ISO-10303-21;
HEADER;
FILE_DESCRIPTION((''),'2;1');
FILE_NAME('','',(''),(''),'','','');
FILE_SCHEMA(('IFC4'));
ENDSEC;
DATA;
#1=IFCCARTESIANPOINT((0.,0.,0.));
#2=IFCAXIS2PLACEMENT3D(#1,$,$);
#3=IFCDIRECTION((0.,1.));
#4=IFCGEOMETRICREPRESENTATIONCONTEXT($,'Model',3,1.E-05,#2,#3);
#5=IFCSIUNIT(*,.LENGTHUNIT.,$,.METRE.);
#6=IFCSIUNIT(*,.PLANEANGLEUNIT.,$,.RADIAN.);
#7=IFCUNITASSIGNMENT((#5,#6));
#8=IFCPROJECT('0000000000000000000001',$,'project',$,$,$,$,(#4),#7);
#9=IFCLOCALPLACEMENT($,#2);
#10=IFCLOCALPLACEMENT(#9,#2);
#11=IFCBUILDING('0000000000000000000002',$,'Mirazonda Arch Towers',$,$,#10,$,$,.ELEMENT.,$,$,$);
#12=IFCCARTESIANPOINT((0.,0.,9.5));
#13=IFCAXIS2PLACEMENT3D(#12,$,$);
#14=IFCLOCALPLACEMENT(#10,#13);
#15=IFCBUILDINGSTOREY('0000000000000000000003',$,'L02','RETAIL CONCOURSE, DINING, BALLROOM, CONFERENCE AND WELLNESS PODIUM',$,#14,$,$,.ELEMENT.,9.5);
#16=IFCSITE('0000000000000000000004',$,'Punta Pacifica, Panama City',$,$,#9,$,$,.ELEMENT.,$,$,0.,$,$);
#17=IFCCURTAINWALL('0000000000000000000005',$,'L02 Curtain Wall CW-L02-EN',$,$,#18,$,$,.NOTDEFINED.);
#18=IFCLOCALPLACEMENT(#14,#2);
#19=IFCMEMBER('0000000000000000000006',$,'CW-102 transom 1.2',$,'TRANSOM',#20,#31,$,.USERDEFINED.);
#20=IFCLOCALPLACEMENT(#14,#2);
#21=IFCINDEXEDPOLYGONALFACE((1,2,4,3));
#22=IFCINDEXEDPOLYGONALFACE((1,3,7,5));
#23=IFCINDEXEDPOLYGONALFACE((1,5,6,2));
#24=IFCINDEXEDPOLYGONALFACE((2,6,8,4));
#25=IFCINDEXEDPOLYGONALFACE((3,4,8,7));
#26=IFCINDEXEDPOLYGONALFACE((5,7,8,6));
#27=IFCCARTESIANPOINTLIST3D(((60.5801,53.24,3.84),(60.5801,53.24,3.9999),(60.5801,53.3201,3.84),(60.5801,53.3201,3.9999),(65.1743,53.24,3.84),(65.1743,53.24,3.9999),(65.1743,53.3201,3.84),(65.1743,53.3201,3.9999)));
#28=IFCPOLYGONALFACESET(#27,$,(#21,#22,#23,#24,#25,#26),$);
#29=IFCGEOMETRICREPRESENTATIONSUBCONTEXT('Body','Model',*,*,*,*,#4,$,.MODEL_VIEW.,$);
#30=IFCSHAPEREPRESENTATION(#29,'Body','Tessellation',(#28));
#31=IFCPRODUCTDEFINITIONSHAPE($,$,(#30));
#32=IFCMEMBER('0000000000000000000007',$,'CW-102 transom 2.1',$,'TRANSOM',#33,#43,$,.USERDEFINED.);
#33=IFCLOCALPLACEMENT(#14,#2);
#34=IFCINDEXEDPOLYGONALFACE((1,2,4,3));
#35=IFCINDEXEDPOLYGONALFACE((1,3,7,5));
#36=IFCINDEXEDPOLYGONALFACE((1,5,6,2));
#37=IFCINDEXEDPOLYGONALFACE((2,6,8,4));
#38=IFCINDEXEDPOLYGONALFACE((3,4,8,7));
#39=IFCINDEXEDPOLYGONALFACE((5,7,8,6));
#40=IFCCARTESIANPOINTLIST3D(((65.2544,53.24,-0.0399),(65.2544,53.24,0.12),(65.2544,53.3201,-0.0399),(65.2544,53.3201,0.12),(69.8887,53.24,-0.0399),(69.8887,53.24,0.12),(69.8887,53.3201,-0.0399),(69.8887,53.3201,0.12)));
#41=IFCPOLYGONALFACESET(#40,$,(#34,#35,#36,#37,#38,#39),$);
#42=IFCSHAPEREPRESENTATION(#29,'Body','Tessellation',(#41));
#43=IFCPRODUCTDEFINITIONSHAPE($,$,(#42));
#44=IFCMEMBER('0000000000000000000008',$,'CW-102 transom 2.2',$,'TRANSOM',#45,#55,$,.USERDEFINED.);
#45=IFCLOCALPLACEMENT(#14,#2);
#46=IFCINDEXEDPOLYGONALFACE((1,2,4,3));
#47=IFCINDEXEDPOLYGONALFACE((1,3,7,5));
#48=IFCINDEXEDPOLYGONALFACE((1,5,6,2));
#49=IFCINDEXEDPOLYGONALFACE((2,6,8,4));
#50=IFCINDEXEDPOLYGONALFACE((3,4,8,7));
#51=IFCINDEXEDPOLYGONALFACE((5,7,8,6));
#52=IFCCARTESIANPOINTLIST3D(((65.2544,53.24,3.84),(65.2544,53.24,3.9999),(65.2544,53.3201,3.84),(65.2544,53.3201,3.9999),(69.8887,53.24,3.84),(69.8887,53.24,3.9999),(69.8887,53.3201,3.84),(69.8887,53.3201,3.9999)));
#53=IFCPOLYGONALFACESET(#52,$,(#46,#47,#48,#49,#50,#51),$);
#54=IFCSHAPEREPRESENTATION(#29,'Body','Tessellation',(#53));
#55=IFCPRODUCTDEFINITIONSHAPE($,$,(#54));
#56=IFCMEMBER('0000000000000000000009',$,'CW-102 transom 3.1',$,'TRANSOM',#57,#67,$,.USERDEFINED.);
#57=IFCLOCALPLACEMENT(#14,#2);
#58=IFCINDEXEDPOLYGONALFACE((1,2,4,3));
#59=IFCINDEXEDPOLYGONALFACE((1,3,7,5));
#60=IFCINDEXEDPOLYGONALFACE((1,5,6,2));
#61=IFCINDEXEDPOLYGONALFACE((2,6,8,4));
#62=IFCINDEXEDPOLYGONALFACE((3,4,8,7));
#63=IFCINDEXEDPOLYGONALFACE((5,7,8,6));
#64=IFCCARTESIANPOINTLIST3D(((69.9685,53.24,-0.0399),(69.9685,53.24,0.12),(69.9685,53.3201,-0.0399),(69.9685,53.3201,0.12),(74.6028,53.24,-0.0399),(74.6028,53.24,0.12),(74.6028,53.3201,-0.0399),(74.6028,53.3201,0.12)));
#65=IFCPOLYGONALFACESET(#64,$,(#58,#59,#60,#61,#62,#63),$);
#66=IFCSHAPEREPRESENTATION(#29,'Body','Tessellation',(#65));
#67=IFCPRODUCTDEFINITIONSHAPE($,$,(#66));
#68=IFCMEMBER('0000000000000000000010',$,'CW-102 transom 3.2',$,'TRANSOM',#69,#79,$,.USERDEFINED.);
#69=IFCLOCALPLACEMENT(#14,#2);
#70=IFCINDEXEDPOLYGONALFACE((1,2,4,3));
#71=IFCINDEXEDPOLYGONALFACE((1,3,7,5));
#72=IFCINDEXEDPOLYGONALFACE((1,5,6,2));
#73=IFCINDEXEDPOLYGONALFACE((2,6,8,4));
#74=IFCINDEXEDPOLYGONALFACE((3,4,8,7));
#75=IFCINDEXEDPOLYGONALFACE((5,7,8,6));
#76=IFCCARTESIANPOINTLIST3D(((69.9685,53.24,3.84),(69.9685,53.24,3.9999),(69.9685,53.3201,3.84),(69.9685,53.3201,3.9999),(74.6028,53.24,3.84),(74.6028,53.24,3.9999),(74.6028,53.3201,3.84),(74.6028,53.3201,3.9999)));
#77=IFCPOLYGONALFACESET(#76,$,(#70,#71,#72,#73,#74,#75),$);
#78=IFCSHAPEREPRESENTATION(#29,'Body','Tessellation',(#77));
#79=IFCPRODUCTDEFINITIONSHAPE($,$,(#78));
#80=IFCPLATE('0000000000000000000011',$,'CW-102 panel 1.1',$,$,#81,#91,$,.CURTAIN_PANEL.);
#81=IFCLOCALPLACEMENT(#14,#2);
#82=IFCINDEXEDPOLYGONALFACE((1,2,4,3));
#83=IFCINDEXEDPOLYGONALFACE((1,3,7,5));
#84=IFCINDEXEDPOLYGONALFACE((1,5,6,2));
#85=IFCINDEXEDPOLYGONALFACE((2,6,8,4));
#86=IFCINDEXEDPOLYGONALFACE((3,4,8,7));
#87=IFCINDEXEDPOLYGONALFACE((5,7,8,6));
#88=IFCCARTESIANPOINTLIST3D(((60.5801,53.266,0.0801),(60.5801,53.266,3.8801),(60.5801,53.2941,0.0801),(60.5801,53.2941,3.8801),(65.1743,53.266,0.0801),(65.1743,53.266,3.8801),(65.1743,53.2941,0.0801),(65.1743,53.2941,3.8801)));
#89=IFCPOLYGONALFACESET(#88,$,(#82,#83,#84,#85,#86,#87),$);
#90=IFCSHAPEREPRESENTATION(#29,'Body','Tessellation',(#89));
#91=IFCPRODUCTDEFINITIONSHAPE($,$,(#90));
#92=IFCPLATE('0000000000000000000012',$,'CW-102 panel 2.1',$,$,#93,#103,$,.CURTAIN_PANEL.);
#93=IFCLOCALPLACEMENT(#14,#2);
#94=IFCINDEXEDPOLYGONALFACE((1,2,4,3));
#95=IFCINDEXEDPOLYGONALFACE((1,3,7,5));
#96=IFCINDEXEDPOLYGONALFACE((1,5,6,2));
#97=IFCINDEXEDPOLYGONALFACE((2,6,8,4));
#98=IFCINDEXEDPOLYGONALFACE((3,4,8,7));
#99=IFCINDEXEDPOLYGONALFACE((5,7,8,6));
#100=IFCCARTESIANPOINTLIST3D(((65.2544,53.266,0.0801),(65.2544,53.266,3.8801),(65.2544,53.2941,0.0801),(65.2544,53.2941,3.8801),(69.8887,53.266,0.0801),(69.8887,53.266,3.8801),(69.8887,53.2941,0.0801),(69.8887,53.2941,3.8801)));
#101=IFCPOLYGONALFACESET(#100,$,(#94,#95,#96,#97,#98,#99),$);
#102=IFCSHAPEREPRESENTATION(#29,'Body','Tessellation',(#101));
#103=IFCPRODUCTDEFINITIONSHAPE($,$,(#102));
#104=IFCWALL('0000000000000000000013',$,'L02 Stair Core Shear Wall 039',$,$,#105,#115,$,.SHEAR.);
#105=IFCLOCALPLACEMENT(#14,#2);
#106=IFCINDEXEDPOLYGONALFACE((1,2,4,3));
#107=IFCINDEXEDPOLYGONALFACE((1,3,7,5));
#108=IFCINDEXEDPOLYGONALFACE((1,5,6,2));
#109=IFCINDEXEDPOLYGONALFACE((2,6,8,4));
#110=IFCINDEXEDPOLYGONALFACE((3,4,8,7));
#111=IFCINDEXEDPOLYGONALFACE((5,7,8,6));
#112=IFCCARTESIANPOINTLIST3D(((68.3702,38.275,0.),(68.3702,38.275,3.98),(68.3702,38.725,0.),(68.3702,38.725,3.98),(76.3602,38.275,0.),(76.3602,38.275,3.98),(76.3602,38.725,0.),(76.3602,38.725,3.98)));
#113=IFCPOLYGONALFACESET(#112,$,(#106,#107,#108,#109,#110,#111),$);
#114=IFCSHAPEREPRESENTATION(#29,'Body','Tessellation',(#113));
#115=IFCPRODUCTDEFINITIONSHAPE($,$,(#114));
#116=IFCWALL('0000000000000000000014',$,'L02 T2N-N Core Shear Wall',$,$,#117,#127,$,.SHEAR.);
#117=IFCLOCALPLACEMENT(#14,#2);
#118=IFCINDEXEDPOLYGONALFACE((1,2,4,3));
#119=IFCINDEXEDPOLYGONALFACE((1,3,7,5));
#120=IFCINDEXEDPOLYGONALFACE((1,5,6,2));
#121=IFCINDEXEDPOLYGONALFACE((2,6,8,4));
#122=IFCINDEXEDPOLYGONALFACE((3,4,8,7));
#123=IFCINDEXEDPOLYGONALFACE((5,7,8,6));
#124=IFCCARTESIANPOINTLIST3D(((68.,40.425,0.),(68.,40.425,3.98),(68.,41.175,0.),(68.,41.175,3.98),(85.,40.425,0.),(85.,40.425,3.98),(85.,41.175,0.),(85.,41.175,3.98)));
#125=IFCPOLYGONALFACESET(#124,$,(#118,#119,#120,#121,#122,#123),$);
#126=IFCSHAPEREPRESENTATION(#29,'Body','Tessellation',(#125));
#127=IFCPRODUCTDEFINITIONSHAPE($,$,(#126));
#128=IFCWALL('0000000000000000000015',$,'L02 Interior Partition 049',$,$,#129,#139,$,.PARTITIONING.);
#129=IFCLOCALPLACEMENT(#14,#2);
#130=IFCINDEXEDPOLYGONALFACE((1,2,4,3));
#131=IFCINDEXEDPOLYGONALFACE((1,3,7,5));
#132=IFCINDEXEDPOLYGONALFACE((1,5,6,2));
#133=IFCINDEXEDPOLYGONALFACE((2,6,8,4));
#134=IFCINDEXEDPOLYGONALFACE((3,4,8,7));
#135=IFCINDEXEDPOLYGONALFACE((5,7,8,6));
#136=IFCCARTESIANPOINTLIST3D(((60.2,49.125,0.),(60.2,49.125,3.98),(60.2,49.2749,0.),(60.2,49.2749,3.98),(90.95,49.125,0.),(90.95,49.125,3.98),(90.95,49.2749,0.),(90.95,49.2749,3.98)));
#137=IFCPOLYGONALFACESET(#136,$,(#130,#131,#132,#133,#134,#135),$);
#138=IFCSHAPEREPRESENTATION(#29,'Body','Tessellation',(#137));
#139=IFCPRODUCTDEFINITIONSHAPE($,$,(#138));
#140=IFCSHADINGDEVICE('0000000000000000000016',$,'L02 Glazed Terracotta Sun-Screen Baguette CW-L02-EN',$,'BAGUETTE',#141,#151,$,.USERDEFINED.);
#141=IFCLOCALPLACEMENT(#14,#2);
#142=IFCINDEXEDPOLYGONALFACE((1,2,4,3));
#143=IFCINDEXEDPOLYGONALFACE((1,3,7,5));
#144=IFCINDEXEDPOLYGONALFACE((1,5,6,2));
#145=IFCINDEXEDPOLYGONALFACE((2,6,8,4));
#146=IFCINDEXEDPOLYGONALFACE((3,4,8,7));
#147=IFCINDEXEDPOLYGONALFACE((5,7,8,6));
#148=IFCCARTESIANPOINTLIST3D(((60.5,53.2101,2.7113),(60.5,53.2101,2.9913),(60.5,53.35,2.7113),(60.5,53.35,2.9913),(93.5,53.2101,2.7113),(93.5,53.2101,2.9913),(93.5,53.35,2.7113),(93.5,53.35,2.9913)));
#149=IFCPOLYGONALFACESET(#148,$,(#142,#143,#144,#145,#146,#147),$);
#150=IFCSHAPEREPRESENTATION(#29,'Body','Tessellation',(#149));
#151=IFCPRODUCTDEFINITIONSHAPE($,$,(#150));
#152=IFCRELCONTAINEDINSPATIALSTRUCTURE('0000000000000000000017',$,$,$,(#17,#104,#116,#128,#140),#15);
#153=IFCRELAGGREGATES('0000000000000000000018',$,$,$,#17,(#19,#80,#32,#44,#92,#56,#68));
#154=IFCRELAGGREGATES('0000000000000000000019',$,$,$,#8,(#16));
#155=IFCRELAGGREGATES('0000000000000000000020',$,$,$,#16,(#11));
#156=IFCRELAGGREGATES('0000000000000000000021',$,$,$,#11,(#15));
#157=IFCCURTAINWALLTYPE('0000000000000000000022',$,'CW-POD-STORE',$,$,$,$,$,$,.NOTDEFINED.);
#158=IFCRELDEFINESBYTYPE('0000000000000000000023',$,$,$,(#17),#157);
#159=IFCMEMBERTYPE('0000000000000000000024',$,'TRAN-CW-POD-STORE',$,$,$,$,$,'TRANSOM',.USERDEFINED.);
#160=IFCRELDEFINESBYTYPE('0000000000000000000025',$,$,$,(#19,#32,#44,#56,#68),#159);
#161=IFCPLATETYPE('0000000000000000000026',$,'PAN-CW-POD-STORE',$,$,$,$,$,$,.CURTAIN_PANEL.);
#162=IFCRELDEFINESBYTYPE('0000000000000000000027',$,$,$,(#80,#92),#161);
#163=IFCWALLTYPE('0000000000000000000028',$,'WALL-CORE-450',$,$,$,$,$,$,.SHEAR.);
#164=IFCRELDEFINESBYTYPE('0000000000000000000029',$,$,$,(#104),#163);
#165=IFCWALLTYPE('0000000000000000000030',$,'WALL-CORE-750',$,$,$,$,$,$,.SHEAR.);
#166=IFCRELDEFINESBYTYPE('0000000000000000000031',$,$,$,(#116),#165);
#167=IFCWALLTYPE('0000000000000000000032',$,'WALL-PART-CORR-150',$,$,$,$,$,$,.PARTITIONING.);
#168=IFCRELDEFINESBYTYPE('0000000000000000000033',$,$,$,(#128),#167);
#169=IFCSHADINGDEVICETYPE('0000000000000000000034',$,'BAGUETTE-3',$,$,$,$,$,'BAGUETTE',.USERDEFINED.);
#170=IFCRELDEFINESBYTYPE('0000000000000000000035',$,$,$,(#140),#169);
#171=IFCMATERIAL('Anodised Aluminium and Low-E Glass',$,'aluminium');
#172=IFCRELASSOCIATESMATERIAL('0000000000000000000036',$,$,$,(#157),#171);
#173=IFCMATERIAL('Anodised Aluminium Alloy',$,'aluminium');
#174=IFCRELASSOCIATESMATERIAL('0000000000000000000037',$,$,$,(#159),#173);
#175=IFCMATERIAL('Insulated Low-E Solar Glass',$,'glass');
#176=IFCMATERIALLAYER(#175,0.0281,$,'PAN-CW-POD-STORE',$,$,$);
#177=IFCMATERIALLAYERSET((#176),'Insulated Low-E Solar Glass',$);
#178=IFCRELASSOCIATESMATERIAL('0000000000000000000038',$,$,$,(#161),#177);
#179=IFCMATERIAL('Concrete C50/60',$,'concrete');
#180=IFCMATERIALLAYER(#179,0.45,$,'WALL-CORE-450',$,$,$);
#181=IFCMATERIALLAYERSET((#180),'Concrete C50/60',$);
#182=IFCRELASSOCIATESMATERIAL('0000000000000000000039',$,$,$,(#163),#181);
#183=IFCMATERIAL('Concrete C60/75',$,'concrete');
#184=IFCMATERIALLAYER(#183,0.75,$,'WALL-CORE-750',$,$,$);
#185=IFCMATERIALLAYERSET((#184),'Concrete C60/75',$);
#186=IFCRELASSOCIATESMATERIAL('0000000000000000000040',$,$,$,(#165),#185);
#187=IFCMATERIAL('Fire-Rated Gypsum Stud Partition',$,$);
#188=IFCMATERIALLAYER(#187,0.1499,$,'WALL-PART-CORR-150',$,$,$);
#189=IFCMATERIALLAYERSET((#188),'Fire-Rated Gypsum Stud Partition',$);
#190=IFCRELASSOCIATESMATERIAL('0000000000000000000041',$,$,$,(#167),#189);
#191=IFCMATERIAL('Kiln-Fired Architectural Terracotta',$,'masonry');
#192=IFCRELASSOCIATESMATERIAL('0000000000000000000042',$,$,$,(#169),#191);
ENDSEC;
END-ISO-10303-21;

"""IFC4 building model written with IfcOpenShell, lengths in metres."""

from ifc_helpers import new_model, si_unit, direction, frame, frame_2d, origin, origin_2d, place, context, subcontext, project, spatial, rectangle, extrude, material, layer, layer_set, material_profile, profile_set, type_object, element, aggregate, save


model = new_model("IFC4")

# Units and contexts
model_context = context("Model", 3, precision=1e-05, world=origin(), true_north=direction((0.0, 1.0)))
body_context = subcontext(model_context, "Body", "Model", "MODEL_VIEW")
ifc_project = project(units=[si_unit("LENGTHUNIT", "METRE"), si_unit("PLANEANGLEUNIT", "RADIAN")], contexts=[model_context])

# Site, building, storey
site_placement = place(None, origin())
site = spatial("IfcSite", under=ifc_project, at=site_placement, Name="Punta Pacifica, Panama City", CompositionType="ELEMENT", RefElevation=0.0)
building_placement = place(site_placement, origin())
building = spatial("IfcBuilding", under=site, at=building_placement, Name="Mirazonda Arch Towers", CompositionType="ELEMENT")
storey_placement = place(building_placement, frame((0.0, 0.0, 9.5)))
storey = spatial("IfcBuildingStorey", under=building, at=storey_placement, Name="L02", Description="RETAIL CONCOURSE, DINING, BALLROOM, CONFERENCE AND WELLNESS PODIUM", CompositionType="ELEMENT", Elevation=9.5)

# Shared definitions
ifc_material_1 = material(Name="Concrete C60/75", Category="concrete")
ifc_material_2 = material(Name="Concrete C50/60", Category="concrete")

# Curtain wall, members, plates
ifc_material_3 = material(Name="Anodised Aluminium and Low-E Glass", Category="aluminium")
curtain_wall_type = type_object("IfcCurtainWallType", Name="CW-POD-STORE", PredefinedType="NOTDEFINED", material=ifc_material_3)
curtain_wall_placement = place(storey_placement, origin())
curtain_wall = element("IfcCurtainWall", 1, at=curtain_wall_placement, inside=storey, type_object=curtain_wall_type, Name="L02 Curtain Wall CW-L02-EN", PredefinedType="NOTDEFINED")
ifc_material_4 = material(Name="Anodised Aluminium Alloy", Category="aluminium")
ifc_material_profile_1 = material_profile(ifc_material_4, rectangle(XDim=0.0801, YDim=0.1599, at=origin_2d()), Name="ALU-TRAN-80x160")
ifc_profile_set_1 = profile_set([ifc_material_profile_1], Name="Anodised Aluminium Alloy")
member_type_1 = type_object("IfcMemberType", Name="TRAN-CW-POD-STORE", ElementType="TRANSOM", PredefinedType="USERDEFINED", material=ifc_profile_set_1)
member_1_placement = place(storey_placement, frame((60.5801, 53.28, 3.9199), z_axis=(1.0, 0.0, 0.0), x_axis=(0.0, 1.0, 0.0)))
member_1 = element("IfcMember", 2, at=member_1_placement, type_object=member_type_1, Name="CW-102 transom 1.2", ObjectType="TRANSOM", PredefinedType="USERDEFINED", context=body_context, shape_type="SweptSolid", body=[
    extrude(rectangle(XDim=0.0801, YDim=0.1599, at=origin_2d()), origin(), (0.0, 0.0, 1.0), 4.5942),
])
member_2_placement = place(storey_placement, frame((65.2544, 53.28, 0.04), z_axis=(1.0, 0.0, 0.0), x_axis=(0.0, 1.0, 0.0)))
member_2 = element("IfcMember", 3, at=member_2_placement, type_object=member_type_1, Name="CW-102 transom 2.1", ObjectType="TRANSOM", PredefinedType="USERDEFINED", context=body_context, shape_type="SweptSolid", body=[
    extrude(rectangle(XDim=0.0801, YDim=0.1599, at=origin_2d()), origin(), (0.0, 0.0, 1.0), 4.6343),
])
member_3_placement = place(storey_placement, frame((65.2544, 53.28, 3.9199), z_axis=(1.0, 0.0, 0.0), x_axis=(0.0, 1.0, 0.0)))
member_3 = element("IfcMember", 4, at=member_3_placement, type_object=member_type_1, Name="CW-102 transom 2.2", ObjectType="TRANSOM", PredefinedType="USERDEFINED", context=body_context, shape_type="SweptSolid", body=[
    extrude(rectangle(XDim=0.0801, YDim=0.1599, at=origin_2d()), origin(), (0.0, 0.0, 1.0), 4.6343),
])
member_4_placement = place(storey_placement, frame((69.9685, 53.28, 0.04), z_axis=(1.0, 0.0, 0.0), x_axis=(0.0, 1.0, 0.0)))
member_4 = element("IfcMember", 5, at=member_4_placement, type_object=member_type_1, Name="CW-102 transom 3.1", ObjectType="TRANSOM", PredefinedType="USERDEFINED", context=body_context, shape_type="SweptSolid", body=[
    extrude(rectangle(XDim=0.0801, YDim=0.1599, at=origin_2d()), origin(), (0.0, 0.0, 1.0), 4.6343),
])
member_5_placement = place(storey_placement, frame((69.9685, 53.28, 3.9199), z_axis=(1.0, 0.0, 0.0), x_axis=(0.0, 1.0, 0.0)))
member_5 = element("IfcMember", 6, at=member_5_placement, type_object=member_type_1, Name="CW-102 transom 3.2", ObjectType="TRANSOM", PredefinedType="USERDEFINED", context=body_context, shape_type="SweptSolid", body=[
    extrude(rectangle(XDim=0.0801, YDim=0.1599, at=origin_2d()), origin(), (0.0, 0.0, 1.0), 4.6343),
])
ifc_material_5 = material(Name="Insulated Low-E Solar Glass", Category="glass")
ifc_layer_1 = layer(ifc_material_5, 0.0281, Name="PAN-CW-POD-STORE")
ifc_layer_set_1 = layer_set([ifc_layer_1], Name="Insulated Low-E Solar Glass")
plate_type = type_object("IfcPlateType", Name="PAN-CW-POD-STORE", PredefinedType="CURTAIN_PANEL", material=ifc_layer_set_1)
plate_1_placement = place(storey_placement, frame((62.8772, 53.28, 0.0801), z_axis=(0.0, 0.0, 1.0), x_axis=(1.0, 0.0, 0.0)))
plate_1 = element("IfcPlate", 7, at=plate_1_placement, type_object=plate_type, Name="CW-102 panel 1.1", PredefinedType="CURTAIN_PANEL", context=body_context, shape_type="SweptSolid", body=[
    extrude(rectangle(XDim=4.5942, YDim=0.0281, at=origin_2d()), origin(), (0.0, 0.0, 1.0), 3.8),
])
plate_2_placement = place(storey_placement, frame((67.5715, 53.28, 0.0801), z_axis=(0.0, 0.0, 1.0), x_axis=(1.0, 0.0, 0.0)))
plate_2 = element("IfcPlate", 8, at=plate_2_placement, type_object=plate_type, Name="CW-102 panel 2.1", PredefinedType="CURTAIN_PANEL", context=body_context, shape_type="SweptSolid", body=[
    extrude(rectangle(XDim=4.6343, YDim=0.0281, at=origin_2d()), origin(), (0.0, 0.0, 1.0), 3.8),
])
aggregate(curtain_wall, [member_1, plate_1, member_2, member_3, plate_2, member_4, member_5])

# Walls
ifc_layer_2 = layer(ifc_material_2, 0.45, Name="WALL-CORE-450")
ifc_layer_set_2 = layer_set([ifc_layer_2], Name="Concrete C50/60")
wall_type_1 = type_object("IfcWallType", Name="WALL-CORE-450", PredefinedType="SHEAR", material=ifc_layer_set_2)
wall_1_placement = place(storey_placement, frame((68.3701, 38.5, 0.0), z_axis=(0.0, 0.0, 1.0), x_axis=(1.0, 0.0, 0.0)))
element("IfcWall", 9, at=wall_1_placement, inside=storey, type_object=wall_type_1, Name="L02 Stair Core Shear Wall 039", PredefinedType="SHEAR", context=body_context, shape_type="SweptSolid", body=[
    extrude(rectangle(XDim=7.99, YDim=0.45, at=frame_2d((3.9951, 0.0))), origin(), (0.0, 0.0, 1.0), 3.98),
])
ifc_layer_3 = layer(ifc_material_1, 0.75, Name="WALL-CORE-750")
ifc_layer_set_3 = layer_set([ifc_layer_3], Name="Concrete C60/75")
wall_type_2 = type_object("IfcWallType", Name="WALL-CORE-750", PredefinedType="SHEAR", material=ifc_layer_set_3)
wall_2_placement = place(storey_placement, frame((68.0, 40.8, 0.0), z_axis=(0.0, 0.0, 1.0), x_axis=(1.0, 0.0, 0.0)))
element("IfcWall", 10, at=wall_2_placement, inside=storey, type_object=wall_type_2, Name="L02 T2N-N Core Shear Wall", PredefinedType="SHEAR", context=body_context, shape_type="SweptSolid", body=[
    extrude(rectangle(XDim=17.0, YDim=0.75, at=frame_2d((8.5, 0.0))), origin(), (0.0, 0.0, 1.0), 3.98),
])
ifc_material_6 = material(Name="Fire-Rated Gypsum Stud Partition")
ifc_layer_4 = layer(ifc_material_6, 0.1499, Name="WALL-PART-CORR-150")
ifc_layer_set_4 = layer_set([ifc_layer_4], Name="Fire-Rated Gypsum Stud Partition")
wall_type_3 = type_object("IfcWallType", Name="WALL-PART-CORR-150", PredefinedType="PARTITIONING", material=ifc_layer_set_4)
wall_3_placement = place(storey_placement, frame((60.2, 49.2, 0.0), z_axis=(0.0, 0.0, 1.0), x_axis=(1.0, 0.0, 0.0)))
element("IfcWall", 11, at=wall_3_placement, inside=storey, type_object=wall_type_3, Name="L02 Interior Partition 049", PredefinedType="PARTITIONING", context=body_context, shape_type="SweptSolid", body=[
    extrude(rectangle(XDim=30.75, YDim=0.1499, at=frame_2d((15.375, 0.0))), origin(), (0.0, 0.0, 1.0), 3.98),
])

# Shading device
ifc_material_7 = material(Name="Kiln-Fired Architectural Terracotta", Category="masonry")
ifc_material_profile_2 = material_profile(ifc_material_7, rectangle(XDim=0.1399, YDim=0.28, at=origin_2d()), Name="TERRA-BAG-140x280")
ifc_profile_set_2 = profile_set([ifc_material_profile_2], Name="Kiln-Fired Architectural Terracotta")
shading_device_type = type_object("IfcShadingDeviceType", Name="BAGUETTE-3", ElementType="BAGUETTE", PredefinedType="USERDEFINED", material=ifc_profile_set_2)
shading_device_placement = place(storey_placement, frame((60.5, 53.28, 2.8513), z_axis=(1.0, 0.0, 0.0), x_axis=(0.0, 1.0, 0.0)))
element("IfcShadingDevice", 12, at=shading_device_placement, inside=storey, type_object=shading_device_type, Name="L02 Glazed Terracotta Sun-Screen Baguette CW-L02-EN", ObjectType="BAGUETTE", PredefinedType="USERDEFINED", context=body_context, shape_type="SweptSolid", body=[
    extrude(rectangle(XDim=0.1399, YDim=0.28, at=origin_2d()), origin(), (0.0, 0.0, 1.0), 33.0),
])

save(model, "model.ifc")
